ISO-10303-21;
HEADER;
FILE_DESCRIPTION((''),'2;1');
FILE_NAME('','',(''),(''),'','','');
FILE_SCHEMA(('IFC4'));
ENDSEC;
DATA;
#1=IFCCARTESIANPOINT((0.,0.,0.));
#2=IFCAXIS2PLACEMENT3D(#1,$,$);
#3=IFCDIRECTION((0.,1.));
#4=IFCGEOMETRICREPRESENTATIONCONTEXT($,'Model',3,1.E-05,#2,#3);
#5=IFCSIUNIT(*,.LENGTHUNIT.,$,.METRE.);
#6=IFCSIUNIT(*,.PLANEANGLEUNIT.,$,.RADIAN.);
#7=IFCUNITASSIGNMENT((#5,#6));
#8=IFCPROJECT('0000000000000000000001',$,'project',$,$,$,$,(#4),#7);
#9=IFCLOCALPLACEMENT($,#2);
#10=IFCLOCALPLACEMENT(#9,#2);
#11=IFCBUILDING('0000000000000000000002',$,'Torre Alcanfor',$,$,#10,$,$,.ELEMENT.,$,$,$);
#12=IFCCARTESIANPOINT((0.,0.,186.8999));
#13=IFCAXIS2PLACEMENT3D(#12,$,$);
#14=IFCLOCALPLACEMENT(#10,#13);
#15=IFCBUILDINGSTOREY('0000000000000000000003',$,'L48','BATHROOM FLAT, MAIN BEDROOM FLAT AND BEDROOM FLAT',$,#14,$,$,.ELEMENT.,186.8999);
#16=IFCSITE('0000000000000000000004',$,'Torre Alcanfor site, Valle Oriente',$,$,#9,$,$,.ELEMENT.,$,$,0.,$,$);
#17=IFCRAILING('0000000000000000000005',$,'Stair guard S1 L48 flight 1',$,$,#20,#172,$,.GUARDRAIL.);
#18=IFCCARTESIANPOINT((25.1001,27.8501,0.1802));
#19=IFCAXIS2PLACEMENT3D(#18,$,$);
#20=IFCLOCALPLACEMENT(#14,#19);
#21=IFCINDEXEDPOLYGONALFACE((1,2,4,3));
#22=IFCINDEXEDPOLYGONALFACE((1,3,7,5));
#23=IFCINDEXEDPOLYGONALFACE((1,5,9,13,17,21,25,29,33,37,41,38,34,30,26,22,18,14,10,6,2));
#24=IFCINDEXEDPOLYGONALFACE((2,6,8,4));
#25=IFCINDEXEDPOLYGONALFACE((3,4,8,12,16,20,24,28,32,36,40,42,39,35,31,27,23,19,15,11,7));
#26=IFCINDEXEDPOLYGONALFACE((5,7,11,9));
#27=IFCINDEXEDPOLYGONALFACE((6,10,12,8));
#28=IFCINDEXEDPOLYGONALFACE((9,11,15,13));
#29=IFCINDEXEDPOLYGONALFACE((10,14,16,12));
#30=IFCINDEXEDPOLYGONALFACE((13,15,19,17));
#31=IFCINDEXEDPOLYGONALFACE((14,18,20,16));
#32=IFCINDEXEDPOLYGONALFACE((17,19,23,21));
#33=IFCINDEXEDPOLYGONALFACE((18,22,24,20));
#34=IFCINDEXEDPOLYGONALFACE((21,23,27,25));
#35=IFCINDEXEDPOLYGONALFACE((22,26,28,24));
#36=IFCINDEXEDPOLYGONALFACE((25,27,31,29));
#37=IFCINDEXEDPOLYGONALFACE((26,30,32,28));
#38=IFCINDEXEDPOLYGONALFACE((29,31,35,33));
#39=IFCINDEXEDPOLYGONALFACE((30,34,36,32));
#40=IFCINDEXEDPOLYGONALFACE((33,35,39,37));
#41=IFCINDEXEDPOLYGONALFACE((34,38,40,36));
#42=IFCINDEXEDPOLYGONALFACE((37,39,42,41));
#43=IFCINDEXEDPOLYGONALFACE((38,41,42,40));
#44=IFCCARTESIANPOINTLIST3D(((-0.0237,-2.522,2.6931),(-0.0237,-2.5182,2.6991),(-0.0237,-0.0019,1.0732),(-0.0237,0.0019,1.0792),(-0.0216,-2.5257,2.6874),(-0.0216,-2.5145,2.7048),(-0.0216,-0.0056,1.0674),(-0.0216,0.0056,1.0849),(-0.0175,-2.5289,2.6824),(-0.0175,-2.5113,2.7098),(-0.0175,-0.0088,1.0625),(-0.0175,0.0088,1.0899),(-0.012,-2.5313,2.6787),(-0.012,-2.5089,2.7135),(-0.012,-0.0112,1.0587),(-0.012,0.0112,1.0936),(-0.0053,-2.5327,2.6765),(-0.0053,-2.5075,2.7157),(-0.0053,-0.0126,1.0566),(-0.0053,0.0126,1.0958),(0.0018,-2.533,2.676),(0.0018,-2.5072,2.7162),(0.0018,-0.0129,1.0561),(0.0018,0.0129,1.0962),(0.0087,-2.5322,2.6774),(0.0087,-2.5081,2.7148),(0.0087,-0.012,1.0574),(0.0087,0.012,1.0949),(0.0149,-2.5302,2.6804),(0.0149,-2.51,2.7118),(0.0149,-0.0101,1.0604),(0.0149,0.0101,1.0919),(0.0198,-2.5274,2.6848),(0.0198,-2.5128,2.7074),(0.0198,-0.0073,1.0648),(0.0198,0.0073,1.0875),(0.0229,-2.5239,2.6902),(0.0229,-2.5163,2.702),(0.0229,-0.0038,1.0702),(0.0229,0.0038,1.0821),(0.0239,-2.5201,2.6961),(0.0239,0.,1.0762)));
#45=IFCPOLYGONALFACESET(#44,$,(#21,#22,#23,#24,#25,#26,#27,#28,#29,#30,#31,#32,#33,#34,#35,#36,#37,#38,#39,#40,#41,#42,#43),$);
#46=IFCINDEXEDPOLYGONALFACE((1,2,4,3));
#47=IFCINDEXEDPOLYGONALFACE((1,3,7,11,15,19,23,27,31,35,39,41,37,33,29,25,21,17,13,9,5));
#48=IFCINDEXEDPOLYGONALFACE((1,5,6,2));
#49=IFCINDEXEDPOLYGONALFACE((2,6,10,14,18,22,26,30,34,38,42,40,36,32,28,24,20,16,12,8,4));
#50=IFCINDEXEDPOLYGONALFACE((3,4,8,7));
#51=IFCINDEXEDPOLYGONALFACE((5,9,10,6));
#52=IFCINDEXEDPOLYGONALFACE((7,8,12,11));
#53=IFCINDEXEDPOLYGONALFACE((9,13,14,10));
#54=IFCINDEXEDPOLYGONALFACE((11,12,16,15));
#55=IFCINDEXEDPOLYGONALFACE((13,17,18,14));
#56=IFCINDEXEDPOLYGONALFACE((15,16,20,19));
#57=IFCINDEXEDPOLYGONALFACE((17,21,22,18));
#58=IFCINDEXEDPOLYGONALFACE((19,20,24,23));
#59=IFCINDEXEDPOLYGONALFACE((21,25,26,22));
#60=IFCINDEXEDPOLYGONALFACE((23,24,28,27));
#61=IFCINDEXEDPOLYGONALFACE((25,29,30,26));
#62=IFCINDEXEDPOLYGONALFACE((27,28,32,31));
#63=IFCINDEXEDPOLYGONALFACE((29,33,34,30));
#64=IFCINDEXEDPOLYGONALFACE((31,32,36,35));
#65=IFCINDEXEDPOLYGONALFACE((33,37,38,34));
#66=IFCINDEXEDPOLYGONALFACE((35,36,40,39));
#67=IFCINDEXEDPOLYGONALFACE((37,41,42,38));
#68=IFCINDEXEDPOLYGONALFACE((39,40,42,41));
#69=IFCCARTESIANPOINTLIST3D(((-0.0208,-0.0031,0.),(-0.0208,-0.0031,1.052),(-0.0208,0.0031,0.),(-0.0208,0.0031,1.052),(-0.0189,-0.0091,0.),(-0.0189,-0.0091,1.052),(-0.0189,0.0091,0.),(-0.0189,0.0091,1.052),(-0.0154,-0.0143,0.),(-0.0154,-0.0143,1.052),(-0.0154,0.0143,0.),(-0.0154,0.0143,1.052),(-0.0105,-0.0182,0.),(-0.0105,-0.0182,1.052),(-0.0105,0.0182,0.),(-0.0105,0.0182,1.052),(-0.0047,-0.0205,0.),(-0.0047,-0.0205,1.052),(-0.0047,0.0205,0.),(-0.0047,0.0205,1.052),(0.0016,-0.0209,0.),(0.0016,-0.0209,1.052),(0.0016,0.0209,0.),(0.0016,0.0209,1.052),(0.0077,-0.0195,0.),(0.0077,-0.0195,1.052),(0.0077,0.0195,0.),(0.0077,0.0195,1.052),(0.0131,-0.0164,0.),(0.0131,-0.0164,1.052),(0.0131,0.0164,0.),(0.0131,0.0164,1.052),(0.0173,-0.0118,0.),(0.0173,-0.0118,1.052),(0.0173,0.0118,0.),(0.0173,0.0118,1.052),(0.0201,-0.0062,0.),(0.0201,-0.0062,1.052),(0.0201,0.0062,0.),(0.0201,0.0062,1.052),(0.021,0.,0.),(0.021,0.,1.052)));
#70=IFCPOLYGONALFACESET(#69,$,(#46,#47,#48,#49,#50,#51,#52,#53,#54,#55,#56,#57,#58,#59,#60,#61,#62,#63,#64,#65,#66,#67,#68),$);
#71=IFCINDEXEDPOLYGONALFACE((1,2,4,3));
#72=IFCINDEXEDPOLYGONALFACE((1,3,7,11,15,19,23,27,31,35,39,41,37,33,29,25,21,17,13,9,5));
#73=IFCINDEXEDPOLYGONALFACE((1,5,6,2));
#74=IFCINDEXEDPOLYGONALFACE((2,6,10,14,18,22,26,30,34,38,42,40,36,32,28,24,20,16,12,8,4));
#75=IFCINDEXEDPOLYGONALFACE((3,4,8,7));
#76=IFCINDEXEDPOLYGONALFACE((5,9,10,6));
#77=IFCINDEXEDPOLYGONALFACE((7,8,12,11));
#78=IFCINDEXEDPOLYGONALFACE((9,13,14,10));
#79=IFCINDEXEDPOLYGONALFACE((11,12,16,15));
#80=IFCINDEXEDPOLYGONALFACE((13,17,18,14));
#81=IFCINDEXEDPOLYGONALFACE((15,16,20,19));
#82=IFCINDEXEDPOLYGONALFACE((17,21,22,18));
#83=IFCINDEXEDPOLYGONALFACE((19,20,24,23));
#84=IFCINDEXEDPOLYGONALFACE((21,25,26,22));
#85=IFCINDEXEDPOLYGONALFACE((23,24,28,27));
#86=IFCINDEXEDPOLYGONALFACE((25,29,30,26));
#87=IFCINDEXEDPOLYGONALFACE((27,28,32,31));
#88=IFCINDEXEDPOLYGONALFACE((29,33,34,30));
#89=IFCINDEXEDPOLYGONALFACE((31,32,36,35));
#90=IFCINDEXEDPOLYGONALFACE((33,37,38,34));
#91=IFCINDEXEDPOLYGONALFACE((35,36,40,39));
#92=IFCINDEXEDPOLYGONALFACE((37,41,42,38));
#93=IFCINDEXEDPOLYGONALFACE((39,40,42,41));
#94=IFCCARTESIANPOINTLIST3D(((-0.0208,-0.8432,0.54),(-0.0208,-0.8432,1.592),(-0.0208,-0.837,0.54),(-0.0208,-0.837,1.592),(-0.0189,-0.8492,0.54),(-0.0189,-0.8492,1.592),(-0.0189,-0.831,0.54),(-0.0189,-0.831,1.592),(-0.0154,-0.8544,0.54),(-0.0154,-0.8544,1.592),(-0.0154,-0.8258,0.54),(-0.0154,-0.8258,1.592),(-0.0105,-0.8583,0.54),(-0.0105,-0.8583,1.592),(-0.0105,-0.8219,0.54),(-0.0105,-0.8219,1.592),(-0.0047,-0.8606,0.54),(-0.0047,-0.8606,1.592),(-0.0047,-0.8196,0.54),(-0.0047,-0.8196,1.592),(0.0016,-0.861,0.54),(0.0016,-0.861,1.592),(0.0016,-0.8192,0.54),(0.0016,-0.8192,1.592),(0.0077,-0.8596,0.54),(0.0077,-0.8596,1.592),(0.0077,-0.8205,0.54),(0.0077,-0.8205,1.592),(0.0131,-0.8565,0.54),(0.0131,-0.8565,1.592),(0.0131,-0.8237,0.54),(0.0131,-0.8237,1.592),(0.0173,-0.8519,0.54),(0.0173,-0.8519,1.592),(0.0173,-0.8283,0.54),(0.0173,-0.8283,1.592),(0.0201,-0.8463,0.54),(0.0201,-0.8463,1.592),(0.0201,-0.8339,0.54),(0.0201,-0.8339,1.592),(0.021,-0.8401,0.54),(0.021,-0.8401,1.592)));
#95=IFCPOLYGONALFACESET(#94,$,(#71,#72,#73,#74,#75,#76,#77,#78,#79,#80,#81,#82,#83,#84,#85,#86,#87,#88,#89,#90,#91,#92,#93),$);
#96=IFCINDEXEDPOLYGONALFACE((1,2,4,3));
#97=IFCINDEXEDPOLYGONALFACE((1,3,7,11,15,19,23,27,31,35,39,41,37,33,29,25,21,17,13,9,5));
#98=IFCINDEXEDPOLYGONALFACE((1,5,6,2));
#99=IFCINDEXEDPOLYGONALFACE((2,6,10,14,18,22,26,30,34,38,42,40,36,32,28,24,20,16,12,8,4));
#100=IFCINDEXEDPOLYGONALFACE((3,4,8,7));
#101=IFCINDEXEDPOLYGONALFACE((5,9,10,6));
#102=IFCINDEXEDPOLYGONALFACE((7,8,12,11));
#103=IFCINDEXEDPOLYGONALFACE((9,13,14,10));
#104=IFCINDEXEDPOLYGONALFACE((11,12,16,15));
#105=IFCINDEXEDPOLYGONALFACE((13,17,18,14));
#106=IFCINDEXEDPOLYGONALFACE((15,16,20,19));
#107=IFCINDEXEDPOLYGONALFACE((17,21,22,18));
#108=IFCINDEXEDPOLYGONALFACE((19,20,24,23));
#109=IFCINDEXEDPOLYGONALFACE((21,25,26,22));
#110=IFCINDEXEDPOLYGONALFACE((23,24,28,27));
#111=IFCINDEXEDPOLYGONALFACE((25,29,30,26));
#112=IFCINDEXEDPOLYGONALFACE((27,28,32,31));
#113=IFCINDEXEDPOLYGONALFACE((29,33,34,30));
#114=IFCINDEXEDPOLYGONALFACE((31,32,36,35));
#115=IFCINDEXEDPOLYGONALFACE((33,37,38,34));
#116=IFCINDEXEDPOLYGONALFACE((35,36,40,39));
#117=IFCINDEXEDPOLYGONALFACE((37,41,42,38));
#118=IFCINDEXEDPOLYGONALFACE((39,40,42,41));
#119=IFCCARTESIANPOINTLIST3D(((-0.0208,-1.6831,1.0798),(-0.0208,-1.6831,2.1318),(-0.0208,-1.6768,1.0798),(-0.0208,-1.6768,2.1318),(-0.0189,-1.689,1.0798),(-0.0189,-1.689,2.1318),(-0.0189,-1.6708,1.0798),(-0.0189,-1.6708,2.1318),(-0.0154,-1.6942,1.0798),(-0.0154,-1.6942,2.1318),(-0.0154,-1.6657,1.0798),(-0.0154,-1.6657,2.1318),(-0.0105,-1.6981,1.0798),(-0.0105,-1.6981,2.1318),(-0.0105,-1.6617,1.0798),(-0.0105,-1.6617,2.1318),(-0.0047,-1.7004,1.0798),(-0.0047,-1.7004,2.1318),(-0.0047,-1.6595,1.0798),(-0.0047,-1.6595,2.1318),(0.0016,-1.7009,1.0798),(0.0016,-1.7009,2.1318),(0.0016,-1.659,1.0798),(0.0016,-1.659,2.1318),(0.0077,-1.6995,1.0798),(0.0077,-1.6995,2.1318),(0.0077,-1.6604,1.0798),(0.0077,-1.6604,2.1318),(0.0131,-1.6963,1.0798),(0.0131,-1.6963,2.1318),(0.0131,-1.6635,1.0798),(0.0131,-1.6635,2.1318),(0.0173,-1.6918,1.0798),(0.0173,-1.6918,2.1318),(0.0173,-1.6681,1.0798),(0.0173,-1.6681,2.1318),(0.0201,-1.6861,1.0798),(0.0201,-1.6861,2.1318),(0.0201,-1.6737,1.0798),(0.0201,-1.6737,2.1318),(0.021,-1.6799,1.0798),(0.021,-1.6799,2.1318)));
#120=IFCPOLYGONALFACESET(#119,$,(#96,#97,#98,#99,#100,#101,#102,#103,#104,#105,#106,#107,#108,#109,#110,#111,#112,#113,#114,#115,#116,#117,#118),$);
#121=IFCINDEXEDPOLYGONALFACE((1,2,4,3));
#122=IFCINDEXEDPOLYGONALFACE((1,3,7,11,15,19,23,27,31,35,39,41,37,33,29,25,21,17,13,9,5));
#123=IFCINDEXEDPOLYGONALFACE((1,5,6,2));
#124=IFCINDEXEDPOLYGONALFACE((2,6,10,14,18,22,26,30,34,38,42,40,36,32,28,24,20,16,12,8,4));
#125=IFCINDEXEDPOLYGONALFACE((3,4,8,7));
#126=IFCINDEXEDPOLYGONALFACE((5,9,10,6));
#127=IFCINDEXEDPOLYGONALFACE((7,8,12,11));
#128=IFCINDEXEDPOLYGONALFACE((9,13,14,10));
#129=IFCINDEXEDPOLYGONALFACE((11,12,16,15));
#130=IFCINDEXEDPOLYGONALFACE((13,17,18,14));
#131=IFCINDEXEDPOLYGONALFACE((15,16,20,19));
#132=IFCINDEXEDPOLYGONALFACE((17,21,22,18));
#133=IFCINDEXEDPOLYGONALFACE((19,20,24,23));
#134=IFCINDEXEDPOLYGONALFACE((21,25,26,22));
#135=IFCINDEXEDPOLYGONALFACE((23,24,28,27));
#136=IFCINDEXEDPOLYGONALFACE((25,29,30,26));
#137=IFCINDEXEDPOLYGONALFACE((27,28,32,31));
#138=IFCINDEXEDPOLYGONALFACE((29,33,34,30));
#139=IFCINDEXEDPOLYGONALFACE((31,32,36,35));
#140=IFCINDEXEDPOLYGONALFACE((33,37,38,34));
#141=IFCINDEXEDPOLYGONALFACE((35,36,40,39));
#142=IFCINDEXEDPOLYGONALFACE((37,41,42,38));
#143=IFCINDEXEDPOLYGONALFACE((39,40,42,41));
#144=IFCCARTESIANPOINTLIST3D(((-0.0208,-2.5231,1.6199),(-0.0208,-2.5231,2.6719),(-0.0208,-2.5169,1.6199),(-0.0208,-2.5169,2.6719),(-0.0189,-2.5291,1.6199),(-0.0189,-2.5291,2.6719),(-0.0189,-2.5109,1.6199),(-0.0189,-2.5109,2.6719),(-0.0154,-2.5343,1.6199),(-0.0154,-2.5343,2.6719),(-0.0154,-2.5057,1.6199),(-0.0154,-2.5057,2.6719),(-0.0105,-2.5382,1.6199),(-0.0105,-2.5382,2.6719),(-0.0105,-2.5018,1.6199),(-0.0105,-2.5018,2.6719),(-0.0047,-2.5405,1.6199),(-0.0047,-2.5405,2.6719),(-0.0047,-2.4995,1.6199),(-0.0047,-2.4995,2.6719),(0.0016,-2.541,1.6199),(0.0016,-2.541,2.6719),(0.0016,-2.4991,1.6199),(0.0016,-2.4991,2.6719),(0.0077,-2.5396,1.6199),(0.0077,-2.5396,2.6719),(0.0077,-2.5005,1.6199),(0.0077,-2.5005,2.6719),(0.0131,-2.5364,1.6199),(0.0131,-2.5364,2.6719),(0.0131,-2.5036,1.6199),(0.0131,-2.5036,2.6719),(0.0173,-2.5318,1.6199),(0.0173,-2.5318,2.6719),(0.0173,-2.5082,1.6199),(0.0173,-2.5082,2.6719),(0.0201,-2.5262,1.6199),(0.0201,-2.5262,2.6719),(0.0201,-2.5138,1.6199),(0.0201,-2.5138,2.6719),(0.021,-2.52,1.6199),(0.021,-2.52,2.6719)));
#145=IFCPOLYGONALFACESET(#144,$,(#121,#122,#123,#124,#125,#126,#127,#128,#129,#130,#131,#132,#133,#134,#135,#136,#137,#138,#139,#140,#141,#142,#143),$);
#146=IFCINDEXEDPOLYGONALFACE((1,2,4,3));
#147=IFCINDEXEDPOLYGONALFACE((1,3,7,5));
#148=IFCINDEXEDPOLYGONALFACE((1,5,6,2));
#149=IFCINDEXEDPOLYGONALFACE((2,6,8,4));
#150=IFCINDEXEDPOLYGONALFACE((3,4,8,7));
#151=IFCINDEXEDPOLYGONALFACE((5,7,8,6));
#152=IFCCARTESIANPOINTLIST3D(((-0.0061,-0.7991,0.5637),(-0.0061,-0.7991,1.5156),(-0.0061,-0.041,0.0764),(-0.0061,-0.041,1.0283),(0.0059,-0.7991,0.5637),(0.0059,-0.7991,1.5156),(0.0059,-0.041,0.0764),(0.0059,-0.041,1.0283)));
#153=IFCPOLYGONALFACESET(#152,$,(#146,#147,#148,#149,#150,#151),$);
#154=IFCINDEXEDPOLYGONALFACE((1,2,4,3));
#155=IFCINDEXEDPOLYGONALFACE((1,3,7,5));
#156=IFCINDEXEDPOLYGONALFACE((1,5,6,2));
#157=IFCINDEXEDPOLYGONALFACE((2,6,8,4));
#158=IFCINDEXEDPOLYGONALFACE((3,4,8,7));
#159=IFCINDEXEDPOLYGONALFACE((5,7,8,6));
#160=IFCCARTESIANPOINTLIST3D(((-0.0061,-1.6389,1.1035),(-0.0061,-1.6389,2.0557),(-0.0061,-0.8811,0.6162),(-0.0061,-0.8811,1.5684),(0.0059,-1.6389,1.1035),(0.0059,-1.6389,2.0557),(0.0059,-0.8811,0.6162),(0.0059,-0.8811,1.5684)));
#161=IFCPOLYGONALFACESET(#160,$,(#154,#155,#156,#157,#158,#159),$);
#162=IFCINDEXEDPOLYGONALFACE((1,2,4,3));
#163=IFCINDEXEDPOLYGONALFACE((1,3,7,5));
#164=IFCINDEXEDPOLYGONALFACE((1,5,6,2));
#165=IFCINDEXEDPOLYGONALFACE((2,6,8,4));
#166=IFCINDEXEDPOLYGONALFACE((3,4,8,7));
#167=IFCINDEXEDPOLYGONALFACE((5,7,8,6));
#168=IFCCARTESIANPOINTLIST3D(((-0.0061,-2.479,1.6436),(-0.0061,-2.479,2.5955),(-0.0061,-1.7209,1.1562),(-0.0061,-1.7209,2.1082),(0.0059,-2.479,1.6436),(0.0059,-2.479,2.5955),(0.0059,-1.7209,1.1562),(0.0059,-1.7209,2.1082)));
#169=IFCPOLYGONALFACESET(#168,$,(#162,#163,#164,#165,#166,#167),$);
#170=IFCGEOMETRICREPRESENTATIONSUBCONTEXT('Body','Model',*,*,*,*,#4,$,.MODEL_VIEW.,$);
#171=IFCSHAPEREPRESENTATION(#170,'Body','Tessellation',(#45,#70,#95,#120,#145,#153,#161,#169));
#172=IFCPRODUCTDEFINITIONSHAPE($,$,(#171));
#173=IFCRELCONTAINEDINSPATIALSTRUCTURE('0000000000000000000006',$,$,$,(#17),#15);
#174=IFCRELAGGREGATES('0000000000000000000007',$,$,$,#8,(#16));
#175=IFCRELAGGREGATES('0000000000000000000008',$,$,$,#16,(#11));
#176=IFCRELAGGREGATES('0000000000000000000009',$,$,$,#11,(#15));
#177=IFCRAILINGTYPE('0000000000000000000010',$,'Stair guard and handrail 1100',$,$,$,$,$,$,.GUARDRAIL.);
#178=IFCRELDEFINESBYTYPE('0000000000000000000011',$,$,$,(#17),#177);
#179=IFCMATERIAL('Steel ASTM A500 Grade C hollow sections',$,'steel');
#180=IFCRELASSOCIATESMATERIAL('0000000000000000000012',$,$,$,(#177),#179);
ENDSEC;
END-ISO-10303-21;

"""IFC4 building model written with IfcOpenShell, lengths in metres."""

from ifc_helpers import new_model, si_unit, direction, frame, origin, origin_2d, place, context, subcontext, project, spatial, polyline, circle, outline, extrude, material, type_object, element, save


model = new_model("IFC4")

# Units and contexts
model_context = context("Model", 3, precision=1e-05, world=origin(), true_north=direction((0.0, 1.0)))
body_context = subcontext(model_context, "Body", "Model", "MODEL_VIEW")
ifc_project = project(units=[si_unit("LENGTHUNIT", "METRE"), si_unit("PLANEANGLEUNIT", "RADIAN")], contexts=[model_context])

# Site, building, storey
site_placement = place(None, origin())
site = spatial("IfcSite", under=ifc_project, at=site_placement, Name="Torre Alcanfor site, Valle Oriente", CompositionType="ELEMENT", RefElevation=0.0)
building_placement = place(site_placement, origin())
building = spatial("IfcBuilding", under=site, at=building_placement, Name="Torre Alcanfor", CompositionType="ELEMENT")
storey_placement = place(building_placement, frame((0.0, 0.0, 186.8999)))
storey = spatial("IfcBuildingStorey", under=building, at=storey_placement, Name="L48", Description="BATHROOM FLAT, MAIN BEDROOM FLAT AND BEDROOM FLAT", CompositionType="ELEMENT", Elevation=186.8999)

# Railing
ifc_material_1 = material(Name="Steel ASTM A500 Grade C hollow sections", Category="steel")
railing_type = type_object("IfcRailingType", Name="Stair guard and handrail 1100", PredefinedType="GUARDRAIL", material=ifc_material_1)
railing_1_placement = place(storey_placement, frame((25.1001, 27.8501, 0.1802)))
element("IfcRailing", 1, at=railing_1_placement, inside=storey, type_object=railing_type, Name="Stair guard S1 L48 flight 1", PredefinedType="GUARDRAIL", context=body_context, shape_type="SweptSolid", body=[
    extrude(circle(Radius=0.0239, at=origin_2d()), frame((0.0, 0.0, 1.0762), z_axis=(0.0, -0.8412, 0.540725), x_axis=(1.0, 0.0, 0.0)), (0.0, 0.0, 1.0), 2.9958),
    extrude(circle(Radius=0.021, at=origin_2d()), origin(), (0.0, 0.0, 1.0), 1.052),
    extrude(circle(Radius=0.021, at=origin_2d()), frame((0.0, -0.8401, 0.54)), (0.0, 0.0, 1.0), 1.052),
    extrude(circle(Radius=0.021, at=origin_2d()), frame((0.0, -1.6799, 1.0798)), (0.0, 0.0, 1.0), 1.052),
    extrude(circle(Radius=0.021, at=origin_2d()), frame((0.0, -2.52, 1.6199)), (0.0, 0.0, 1.0), 1.052),
    extrude(outline(polyline([(0.041, 0.0764), (0.7991, 0.5637), (0.7991, 1.5156), (0.041, 1.0283), (0.041, 0.0764)])), frame((0.0059, 0.0, 0.0), z_axis=(-1.0, 0.0, 0.0), x_axis=(0.0, -1.0, 0.0)), (0.0, 0.0, 1.0), 0.012),
    extrude(outline(polyline([(0.8811, 0.6162), (1.6389, 1.1035), (1.6389, 2.0557), (0.8811, 1.5684), (0.8811, 0.6162)])), frame((0.0059, 0.0, 0.0), z_axis=(-1.0, 0.0, 0.0), x_axis=(0.0, -1.0, 0.0)), (0.0, 0.0, 1.0), 0.012),
    extrude(outline(polyline([(1.7209, 1.1562), (2.479, 1.6436), (2.479, 2.5955), (1.7209, 2.1082), (1.7209, 1.1562)])), frame((0.0059, 0.0, 0.0), z_axis=(-1.0, 0.0, 0.0), x_axis=(0.0, -1.0, 0.0)), (0.0, 0.0, 1.0), 0.012),
])

save(model, "model.ifc")
